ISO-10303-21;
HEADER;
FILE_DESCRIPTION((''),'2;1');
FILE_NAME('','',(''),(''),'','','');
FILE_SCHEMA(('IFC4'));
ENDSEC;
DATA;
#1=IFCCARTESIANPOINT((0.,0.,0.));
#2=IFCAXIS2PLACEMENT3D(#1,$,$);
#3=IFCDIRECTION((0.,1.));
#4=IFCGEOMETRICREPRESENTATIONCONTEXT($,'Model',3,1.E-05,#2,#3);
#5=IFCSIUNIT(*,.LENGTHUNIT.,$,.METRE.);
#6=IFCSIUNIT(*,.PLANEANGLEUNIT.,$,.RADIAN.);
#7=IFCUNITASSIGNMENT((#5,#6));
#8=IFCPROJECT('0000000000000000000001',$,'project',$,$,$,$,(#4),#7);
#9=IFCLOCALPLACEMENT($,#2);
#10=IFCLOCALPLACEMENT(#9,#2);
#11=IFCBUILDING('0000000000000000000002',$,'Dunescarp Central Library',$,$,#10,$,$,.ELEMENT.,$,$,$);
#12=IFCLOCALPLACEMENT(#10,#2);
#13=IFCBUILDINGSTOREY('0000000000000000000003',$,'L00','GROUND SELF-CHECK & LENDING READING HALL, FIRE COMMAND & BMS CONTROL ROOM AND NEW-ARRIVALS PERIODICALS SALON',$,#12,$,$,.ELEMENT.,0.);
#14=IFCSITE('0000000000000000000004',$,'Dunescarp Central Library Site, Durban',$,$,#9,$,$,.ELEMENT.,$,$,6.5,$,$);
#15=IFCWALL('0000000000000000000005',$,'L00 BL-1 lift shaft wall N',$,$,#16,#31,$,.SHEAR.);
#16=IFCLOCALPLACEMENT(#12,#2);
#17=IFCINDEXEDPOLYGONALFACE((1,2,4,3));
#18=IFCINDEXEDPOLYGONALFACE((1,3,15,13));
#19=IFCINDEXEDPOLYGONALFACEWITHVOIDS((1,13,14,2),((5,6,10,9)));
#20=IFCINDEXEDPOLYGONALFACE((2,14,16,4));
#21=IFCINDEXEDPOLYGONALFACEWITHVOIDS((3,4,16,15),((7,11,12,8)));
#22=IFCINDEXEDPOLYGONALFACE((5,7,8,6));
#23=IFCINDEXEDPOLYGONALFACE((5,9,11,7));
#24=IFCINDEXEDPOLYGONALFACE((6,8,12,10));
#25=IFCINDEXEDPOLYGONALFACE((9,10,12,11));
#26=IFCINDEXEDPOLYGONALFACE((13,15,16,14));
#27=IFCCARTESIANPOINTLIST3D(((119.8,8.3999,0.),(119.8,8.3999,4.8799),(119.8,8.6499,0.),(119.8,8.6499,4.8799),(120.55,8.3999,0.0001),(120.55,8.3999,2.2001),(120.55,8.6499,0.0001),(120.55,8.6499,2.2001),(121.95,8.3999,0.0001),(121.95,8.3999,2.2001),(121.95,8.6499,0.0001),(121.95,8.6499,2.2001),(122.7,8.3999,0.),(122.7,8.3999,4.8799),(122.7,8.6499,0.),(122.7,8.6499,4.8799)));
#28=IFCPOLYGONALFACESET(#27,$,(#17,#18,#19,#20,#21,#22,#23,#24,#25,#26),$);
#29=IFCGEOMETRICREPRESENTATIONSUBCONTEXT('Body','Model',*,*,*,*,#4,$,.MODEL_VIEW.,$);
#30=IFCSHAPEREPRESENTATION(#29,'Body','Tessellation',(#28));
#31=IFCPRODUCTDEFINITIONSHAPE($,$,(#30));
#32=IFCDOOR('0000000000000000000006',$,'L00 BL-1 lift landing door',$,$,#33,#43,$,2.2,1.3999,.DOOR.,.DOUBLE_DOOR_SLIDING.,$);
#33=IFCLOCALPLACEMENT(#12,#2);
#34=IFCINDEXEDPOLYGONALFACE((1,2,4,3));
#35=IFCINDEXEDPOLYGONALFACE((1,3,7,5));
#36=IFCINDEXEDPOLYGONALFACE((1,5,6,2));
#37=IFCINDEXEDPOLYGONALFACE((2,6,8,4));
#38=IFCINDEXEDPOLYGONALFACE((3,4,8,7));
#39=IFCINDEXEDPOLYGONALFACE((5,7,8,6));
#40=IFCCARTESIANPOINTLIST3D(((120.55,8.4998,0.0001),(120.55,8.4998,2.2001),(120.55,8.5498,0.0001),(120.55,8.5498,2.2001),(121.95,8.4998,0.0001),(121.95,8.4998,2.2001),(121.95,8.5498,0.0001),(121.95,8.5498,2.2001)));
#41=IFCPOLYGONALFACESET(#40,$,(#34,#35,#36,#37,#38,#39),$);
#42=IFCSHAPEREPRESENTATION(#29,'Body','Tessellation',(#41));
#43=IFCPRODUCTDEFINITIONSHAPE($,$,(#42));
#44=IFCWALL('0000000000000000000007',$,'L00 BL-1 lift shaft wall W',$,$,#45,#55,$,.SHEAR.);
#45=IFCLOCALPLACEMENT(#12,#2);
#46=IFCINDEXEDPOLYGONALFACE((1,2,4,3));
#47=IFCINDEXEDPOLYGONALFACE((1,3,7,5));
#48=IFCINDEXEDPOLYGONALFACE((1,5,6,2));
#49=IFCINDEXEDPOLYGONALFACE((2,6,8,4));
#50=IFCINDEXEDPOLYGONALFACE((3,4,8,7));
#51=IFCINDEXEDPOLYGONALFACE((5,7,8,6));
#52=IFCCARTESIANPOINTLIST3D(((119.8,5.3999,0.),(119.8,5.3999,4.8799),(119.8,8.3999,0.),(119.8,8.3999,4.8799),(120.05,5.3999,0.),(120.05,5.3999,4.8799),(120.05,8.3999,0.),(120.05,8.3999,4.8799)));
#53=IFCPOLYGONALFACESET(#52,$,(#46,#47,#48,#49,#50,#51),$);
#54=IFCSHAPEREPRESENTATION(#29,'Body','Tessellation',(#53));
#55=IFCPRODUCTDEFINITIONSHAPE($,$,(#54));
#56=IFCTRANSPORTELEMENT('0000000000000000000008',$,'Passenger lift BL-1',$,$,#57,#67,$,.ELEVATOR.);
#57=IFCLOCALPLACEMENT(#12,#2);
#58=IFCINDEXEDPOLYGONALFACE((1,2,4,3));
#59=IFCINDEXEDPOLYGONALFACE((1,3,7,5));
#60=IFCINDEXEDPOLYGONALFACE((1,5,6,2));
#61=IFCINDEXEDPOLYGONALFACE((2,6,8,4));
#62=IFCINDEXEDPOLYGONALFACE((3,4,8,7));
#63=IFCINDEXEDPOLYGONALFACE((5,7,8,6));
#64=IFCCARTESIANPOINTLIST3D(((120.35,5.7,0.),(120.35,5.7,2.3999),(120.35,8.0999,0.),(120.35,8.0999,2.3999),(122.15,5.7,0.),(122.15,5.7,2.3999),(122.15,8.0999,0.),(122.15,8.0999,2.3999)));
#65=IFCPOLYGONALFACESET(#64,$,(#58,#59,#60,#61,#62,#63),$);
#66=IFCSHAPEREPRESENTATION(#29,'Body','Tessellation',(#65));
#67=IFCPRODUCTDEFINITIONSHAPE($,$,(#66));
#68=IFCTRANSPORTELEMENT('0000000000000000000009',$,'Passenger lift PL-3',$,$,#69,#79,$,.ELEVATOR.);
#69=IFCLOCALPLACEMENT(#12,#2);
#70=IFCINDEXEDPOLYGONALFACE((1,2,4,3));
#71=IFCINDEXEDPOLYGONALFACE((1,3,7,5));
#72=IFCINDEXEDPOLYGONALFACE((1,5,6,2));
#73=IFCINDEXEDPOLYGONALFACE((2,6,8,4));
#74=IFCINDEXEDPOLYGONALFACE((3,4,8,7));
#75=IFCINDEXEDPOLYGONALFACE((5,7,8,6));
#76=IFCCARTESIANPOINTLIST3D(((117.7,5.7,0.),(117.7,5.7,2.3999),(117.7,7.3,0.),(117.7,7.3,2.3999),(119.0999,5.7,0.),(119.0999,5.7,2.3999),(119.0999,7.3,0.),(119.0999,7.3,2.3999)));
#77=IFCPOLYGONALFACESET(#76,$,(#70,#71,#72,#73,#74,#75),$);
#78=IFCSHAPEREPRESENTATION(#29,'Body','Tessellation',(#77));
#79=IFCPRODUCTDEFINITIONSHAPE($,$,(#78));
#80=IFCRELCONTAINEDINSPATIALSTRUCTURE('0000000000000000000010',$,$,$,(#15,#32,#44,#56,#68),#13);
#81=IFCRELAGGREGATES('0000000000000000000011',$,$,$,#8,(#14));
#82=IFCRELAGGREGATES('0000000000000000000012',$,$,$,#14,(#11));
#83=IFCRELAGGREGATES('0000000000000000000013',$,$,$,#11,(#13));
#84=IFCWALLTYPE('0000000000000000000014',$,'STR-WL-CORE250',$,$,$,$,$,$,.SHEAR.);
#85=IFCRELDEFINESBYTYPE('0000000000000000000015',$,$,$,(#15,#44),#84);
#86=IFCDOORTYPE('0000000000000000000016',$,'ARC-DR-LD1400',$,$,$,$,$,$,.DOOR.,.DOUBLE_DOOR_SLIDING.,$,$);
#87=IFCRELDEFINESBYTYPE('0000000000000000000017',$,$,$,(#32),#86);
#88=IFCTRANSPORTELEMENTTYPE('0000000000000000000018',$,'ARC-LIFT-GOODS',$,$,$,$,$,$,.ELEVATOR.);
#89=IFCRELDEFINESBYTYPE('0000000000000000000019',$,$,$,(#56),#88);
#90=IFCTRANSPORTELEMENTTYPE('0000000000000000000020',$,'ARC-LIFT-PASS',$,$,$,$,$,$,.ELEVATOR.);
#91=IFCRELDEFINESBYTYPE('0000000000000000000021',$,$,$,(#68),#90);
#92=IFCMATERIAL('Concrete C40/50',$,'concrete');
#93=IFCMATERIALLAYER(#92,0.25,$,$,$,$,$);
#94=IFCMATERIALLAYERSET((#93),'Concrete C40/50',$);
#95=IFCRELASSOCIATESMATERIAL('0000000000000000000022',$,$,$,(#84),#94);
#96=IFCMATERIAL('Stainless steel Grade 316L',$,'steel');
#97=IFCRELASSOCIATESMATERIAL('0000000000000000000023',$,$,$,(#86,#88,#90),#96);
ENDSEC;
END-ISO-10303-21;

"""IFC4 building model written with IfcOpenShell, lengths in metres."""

from ifc_helpers import new_model, si_unit, direction, frame, frame_2d, origin, origin_2d, place, context, subcontext, project, spatial, rectangle, extrude, material, layer, layer_set, type_object, element, fill, save


model = new_model("IFC4")

# Units and contexts
model_context = context("Model", 3, precision=1e-05, world=origin(), true_north=direction((0.0, 1.0)))
body_context = subcontext(model_context, "Body", "Model", "MODEL_VIEW")
ifc_project = project(units=[si_unit("LENGTHUNIT", "METRE"), si_unit("PLANEANGLEUNIT", "RADIAN")], contexts=[model_context])

# Site, building, storey
site_placement = place(None, origin())
site = spatial("IfcSite", under=ifc_project, at=site_placement, Name="Dunescarp Central Library Site, Durban", CompositionType="ELEMENT", RefElevation=6.5)
building_placement = place(site_placement, origin())
building = spatial("IfcBuilding", under=site, at=building_placement, Name="Dunescarp Central Library", CompositionType="ELEMENT")
storey_placement = place(building_placement, origin())
storey = spatial("IfcBuildingStorey", under=building, at=storey_placement, Name="L00", Description="GROUND SELF-CHECK & LENDING READING HALL, FIRE COMMAND & BMS CONTROL ROOM AND NEW-ARRIVALS PERIODICALS SALON", CompositionType="ELEMENT", Elevation=0.0)

# Shared definitions
ifc_material_1 = material(Name="Concrete C40/50", Category="concrete")

# Shared definitions
ifc_layer_1 = layer(ifc_material_1, 0.25)
ifc_layer_set_1 = layer_set([ifc_layer_1], Name="Concrete C40/50")
wall_type_1 = type_object("IfcWallType", Name="STR-WL-CORE250", PredefinedType="SHEAR", material=ifc_layer_set_1)
ifc_material_2 = material(Name="Stainless steel Grade 316L", Category="steel")

# Wall, opening, door
wall_1_placement = place(storey_placement, frame((119.8, 8.5249, 0.0), z_axis=(0.0, 0.0, 1.0), x_axis=(1.0, 0.0, 0.0)))
wall_1 = element("IfcWall", 1, at=wall_1_placement, inside=storey, type_object=wall_type_1, Name="L00 BL-1 lift shaft wall N", PredefinedType="SHEAR", context=body_context, shape_type="SweptSolid", body=[
    extrude(rectangle(XDim=2.8999, YDim=0.25, at=frame_2d((1.45, 0.0))), origin(), (0.0, 0.0, 1.0), 4.8799),
])
opening_1_placement = place(wall_1_placement, frame((0.75, 0.0, 0.0)))
opening_1 = element("IfcOpeningElement", 2, at=opening_1_placement, cuts=wall_1, PredefinedType="OPENING", context=body_context, shape_type="SweptSolid", body=[
    extrude(rectangle(XDim=1.3999, YDim=2.2, at=frame_2d((0.7, 1.1001))), frame((0.0, 0.135, 0.0), z_axis=(0.0, -1.0, 0.0), x_axis=(1.0, 0.0, 0.0)), (0.0, 0.0, 1.0), 0.27),
])
door_type_1 = type_object("IfcDoorType", Name="ARC-DR-LD1400", OperationType="DOUBLE_DOOR_SLIDING", PredefinedType="DOOR", material=ifc_material_2)
door_1_placement = place(opening_1_placement, origin())
door_1 = element("IfcDoor", 3, at=door_1_placement, inside=storey, type_object=door_type_1, Name="L00 BL-1 lift landing door", OperationType="DOUBLE_DOOR_SLIDING", OverallHeight=2.2, OverallWidth=1.3999, PredefinedType="DOOR", context=body_context, shape_type="SweptSolid", body=[
    extrude(rectangle(XDim=1.3999, YDim=2.2, at=frame_2d((0.7, 1.1001))), frame((0.0, 0.0249, 0.0), z_axis=(0.0, -1.0, 0.0), x_axis=(1.0, 0.0, 0.0)), (0.0, 0.0, 1.0), 0.05),
])
fill(opening_1, door_1)

# Wall
wall_2_placement = place(storey_placement, frame((119.925, 5.3999, 0.0), z_axis=(0.0, 0.0, 1.0), x_axis=(0.0, 1.0, 0.0)))
element("IfcWall", 4, at=wall_2_placement, inside=storey, type_object=wall_type_1, Name="L00 BL-1 lift shaft wall W", PredefinedType="SHEAR", context=body_context, shape_type="SweptSolid", body=[
    extrude(rectangle(XDim=3.0, YDim=0.25, at=frame_2d((1.5, 0.0))), origin(), (0.0, 0.0, 1.0), 4.8799),
])

# Transport elements
transport_element_type_1 = type_object("IfcTransportElementType", Name="ARC-LIFT-GOODS", PredefinedType="ELEVATOR", material=ifc_material_2)
transport_element_1_placement = place(storey_placement, frame((121.25, 6.8999, 0.0), z_axis=(0.0, 0.0, 1.0), x_axis=(1.0, 0.0, 0.0)))
element("IfcTransportElement", 5, at=transport_element_1_placement, inside=storey, type_object=transport_element_type_1, Name="Passenger lift BL-1", PredefinedType="ELEVATOR", context=body_context, shape_type="SweptSolid", body=[
    extrude(rectangle(XDim=1.8, YDim=2.3999, at=origin_2d()), origin(), (0.0, 0.0, 1.0), 2.3999),
])
transport_element_type_2 = type_object("IfcTransportElementType", Name="ARC-LIFT-PASS", PredefinedType="ELEVATOR", material=ifc_material_2)
transport_element_2_placement = place(storey_placement, frame((118.3999, 6.5, 0.0), z_axis=(0.0, 0.0, 1.0), x_axis=(1.0, 0.0, 0.0)))
element("IfcTransportElement", 6, at=transport_element_2_placement, inside=storey, type_object=transport_element_type_2, Name="Passenger lift PL-3", PredefinedType="ELEVATOR", context=body_context, shape_type="SweptSolid", body=[
    extrude(rectangle(XDim=1.3999, YDim=1.6001, at=origin_2d()), origin(), (0.0, 0.0, 1.0), 2.3999),
])

save(model, "model.ifc")
